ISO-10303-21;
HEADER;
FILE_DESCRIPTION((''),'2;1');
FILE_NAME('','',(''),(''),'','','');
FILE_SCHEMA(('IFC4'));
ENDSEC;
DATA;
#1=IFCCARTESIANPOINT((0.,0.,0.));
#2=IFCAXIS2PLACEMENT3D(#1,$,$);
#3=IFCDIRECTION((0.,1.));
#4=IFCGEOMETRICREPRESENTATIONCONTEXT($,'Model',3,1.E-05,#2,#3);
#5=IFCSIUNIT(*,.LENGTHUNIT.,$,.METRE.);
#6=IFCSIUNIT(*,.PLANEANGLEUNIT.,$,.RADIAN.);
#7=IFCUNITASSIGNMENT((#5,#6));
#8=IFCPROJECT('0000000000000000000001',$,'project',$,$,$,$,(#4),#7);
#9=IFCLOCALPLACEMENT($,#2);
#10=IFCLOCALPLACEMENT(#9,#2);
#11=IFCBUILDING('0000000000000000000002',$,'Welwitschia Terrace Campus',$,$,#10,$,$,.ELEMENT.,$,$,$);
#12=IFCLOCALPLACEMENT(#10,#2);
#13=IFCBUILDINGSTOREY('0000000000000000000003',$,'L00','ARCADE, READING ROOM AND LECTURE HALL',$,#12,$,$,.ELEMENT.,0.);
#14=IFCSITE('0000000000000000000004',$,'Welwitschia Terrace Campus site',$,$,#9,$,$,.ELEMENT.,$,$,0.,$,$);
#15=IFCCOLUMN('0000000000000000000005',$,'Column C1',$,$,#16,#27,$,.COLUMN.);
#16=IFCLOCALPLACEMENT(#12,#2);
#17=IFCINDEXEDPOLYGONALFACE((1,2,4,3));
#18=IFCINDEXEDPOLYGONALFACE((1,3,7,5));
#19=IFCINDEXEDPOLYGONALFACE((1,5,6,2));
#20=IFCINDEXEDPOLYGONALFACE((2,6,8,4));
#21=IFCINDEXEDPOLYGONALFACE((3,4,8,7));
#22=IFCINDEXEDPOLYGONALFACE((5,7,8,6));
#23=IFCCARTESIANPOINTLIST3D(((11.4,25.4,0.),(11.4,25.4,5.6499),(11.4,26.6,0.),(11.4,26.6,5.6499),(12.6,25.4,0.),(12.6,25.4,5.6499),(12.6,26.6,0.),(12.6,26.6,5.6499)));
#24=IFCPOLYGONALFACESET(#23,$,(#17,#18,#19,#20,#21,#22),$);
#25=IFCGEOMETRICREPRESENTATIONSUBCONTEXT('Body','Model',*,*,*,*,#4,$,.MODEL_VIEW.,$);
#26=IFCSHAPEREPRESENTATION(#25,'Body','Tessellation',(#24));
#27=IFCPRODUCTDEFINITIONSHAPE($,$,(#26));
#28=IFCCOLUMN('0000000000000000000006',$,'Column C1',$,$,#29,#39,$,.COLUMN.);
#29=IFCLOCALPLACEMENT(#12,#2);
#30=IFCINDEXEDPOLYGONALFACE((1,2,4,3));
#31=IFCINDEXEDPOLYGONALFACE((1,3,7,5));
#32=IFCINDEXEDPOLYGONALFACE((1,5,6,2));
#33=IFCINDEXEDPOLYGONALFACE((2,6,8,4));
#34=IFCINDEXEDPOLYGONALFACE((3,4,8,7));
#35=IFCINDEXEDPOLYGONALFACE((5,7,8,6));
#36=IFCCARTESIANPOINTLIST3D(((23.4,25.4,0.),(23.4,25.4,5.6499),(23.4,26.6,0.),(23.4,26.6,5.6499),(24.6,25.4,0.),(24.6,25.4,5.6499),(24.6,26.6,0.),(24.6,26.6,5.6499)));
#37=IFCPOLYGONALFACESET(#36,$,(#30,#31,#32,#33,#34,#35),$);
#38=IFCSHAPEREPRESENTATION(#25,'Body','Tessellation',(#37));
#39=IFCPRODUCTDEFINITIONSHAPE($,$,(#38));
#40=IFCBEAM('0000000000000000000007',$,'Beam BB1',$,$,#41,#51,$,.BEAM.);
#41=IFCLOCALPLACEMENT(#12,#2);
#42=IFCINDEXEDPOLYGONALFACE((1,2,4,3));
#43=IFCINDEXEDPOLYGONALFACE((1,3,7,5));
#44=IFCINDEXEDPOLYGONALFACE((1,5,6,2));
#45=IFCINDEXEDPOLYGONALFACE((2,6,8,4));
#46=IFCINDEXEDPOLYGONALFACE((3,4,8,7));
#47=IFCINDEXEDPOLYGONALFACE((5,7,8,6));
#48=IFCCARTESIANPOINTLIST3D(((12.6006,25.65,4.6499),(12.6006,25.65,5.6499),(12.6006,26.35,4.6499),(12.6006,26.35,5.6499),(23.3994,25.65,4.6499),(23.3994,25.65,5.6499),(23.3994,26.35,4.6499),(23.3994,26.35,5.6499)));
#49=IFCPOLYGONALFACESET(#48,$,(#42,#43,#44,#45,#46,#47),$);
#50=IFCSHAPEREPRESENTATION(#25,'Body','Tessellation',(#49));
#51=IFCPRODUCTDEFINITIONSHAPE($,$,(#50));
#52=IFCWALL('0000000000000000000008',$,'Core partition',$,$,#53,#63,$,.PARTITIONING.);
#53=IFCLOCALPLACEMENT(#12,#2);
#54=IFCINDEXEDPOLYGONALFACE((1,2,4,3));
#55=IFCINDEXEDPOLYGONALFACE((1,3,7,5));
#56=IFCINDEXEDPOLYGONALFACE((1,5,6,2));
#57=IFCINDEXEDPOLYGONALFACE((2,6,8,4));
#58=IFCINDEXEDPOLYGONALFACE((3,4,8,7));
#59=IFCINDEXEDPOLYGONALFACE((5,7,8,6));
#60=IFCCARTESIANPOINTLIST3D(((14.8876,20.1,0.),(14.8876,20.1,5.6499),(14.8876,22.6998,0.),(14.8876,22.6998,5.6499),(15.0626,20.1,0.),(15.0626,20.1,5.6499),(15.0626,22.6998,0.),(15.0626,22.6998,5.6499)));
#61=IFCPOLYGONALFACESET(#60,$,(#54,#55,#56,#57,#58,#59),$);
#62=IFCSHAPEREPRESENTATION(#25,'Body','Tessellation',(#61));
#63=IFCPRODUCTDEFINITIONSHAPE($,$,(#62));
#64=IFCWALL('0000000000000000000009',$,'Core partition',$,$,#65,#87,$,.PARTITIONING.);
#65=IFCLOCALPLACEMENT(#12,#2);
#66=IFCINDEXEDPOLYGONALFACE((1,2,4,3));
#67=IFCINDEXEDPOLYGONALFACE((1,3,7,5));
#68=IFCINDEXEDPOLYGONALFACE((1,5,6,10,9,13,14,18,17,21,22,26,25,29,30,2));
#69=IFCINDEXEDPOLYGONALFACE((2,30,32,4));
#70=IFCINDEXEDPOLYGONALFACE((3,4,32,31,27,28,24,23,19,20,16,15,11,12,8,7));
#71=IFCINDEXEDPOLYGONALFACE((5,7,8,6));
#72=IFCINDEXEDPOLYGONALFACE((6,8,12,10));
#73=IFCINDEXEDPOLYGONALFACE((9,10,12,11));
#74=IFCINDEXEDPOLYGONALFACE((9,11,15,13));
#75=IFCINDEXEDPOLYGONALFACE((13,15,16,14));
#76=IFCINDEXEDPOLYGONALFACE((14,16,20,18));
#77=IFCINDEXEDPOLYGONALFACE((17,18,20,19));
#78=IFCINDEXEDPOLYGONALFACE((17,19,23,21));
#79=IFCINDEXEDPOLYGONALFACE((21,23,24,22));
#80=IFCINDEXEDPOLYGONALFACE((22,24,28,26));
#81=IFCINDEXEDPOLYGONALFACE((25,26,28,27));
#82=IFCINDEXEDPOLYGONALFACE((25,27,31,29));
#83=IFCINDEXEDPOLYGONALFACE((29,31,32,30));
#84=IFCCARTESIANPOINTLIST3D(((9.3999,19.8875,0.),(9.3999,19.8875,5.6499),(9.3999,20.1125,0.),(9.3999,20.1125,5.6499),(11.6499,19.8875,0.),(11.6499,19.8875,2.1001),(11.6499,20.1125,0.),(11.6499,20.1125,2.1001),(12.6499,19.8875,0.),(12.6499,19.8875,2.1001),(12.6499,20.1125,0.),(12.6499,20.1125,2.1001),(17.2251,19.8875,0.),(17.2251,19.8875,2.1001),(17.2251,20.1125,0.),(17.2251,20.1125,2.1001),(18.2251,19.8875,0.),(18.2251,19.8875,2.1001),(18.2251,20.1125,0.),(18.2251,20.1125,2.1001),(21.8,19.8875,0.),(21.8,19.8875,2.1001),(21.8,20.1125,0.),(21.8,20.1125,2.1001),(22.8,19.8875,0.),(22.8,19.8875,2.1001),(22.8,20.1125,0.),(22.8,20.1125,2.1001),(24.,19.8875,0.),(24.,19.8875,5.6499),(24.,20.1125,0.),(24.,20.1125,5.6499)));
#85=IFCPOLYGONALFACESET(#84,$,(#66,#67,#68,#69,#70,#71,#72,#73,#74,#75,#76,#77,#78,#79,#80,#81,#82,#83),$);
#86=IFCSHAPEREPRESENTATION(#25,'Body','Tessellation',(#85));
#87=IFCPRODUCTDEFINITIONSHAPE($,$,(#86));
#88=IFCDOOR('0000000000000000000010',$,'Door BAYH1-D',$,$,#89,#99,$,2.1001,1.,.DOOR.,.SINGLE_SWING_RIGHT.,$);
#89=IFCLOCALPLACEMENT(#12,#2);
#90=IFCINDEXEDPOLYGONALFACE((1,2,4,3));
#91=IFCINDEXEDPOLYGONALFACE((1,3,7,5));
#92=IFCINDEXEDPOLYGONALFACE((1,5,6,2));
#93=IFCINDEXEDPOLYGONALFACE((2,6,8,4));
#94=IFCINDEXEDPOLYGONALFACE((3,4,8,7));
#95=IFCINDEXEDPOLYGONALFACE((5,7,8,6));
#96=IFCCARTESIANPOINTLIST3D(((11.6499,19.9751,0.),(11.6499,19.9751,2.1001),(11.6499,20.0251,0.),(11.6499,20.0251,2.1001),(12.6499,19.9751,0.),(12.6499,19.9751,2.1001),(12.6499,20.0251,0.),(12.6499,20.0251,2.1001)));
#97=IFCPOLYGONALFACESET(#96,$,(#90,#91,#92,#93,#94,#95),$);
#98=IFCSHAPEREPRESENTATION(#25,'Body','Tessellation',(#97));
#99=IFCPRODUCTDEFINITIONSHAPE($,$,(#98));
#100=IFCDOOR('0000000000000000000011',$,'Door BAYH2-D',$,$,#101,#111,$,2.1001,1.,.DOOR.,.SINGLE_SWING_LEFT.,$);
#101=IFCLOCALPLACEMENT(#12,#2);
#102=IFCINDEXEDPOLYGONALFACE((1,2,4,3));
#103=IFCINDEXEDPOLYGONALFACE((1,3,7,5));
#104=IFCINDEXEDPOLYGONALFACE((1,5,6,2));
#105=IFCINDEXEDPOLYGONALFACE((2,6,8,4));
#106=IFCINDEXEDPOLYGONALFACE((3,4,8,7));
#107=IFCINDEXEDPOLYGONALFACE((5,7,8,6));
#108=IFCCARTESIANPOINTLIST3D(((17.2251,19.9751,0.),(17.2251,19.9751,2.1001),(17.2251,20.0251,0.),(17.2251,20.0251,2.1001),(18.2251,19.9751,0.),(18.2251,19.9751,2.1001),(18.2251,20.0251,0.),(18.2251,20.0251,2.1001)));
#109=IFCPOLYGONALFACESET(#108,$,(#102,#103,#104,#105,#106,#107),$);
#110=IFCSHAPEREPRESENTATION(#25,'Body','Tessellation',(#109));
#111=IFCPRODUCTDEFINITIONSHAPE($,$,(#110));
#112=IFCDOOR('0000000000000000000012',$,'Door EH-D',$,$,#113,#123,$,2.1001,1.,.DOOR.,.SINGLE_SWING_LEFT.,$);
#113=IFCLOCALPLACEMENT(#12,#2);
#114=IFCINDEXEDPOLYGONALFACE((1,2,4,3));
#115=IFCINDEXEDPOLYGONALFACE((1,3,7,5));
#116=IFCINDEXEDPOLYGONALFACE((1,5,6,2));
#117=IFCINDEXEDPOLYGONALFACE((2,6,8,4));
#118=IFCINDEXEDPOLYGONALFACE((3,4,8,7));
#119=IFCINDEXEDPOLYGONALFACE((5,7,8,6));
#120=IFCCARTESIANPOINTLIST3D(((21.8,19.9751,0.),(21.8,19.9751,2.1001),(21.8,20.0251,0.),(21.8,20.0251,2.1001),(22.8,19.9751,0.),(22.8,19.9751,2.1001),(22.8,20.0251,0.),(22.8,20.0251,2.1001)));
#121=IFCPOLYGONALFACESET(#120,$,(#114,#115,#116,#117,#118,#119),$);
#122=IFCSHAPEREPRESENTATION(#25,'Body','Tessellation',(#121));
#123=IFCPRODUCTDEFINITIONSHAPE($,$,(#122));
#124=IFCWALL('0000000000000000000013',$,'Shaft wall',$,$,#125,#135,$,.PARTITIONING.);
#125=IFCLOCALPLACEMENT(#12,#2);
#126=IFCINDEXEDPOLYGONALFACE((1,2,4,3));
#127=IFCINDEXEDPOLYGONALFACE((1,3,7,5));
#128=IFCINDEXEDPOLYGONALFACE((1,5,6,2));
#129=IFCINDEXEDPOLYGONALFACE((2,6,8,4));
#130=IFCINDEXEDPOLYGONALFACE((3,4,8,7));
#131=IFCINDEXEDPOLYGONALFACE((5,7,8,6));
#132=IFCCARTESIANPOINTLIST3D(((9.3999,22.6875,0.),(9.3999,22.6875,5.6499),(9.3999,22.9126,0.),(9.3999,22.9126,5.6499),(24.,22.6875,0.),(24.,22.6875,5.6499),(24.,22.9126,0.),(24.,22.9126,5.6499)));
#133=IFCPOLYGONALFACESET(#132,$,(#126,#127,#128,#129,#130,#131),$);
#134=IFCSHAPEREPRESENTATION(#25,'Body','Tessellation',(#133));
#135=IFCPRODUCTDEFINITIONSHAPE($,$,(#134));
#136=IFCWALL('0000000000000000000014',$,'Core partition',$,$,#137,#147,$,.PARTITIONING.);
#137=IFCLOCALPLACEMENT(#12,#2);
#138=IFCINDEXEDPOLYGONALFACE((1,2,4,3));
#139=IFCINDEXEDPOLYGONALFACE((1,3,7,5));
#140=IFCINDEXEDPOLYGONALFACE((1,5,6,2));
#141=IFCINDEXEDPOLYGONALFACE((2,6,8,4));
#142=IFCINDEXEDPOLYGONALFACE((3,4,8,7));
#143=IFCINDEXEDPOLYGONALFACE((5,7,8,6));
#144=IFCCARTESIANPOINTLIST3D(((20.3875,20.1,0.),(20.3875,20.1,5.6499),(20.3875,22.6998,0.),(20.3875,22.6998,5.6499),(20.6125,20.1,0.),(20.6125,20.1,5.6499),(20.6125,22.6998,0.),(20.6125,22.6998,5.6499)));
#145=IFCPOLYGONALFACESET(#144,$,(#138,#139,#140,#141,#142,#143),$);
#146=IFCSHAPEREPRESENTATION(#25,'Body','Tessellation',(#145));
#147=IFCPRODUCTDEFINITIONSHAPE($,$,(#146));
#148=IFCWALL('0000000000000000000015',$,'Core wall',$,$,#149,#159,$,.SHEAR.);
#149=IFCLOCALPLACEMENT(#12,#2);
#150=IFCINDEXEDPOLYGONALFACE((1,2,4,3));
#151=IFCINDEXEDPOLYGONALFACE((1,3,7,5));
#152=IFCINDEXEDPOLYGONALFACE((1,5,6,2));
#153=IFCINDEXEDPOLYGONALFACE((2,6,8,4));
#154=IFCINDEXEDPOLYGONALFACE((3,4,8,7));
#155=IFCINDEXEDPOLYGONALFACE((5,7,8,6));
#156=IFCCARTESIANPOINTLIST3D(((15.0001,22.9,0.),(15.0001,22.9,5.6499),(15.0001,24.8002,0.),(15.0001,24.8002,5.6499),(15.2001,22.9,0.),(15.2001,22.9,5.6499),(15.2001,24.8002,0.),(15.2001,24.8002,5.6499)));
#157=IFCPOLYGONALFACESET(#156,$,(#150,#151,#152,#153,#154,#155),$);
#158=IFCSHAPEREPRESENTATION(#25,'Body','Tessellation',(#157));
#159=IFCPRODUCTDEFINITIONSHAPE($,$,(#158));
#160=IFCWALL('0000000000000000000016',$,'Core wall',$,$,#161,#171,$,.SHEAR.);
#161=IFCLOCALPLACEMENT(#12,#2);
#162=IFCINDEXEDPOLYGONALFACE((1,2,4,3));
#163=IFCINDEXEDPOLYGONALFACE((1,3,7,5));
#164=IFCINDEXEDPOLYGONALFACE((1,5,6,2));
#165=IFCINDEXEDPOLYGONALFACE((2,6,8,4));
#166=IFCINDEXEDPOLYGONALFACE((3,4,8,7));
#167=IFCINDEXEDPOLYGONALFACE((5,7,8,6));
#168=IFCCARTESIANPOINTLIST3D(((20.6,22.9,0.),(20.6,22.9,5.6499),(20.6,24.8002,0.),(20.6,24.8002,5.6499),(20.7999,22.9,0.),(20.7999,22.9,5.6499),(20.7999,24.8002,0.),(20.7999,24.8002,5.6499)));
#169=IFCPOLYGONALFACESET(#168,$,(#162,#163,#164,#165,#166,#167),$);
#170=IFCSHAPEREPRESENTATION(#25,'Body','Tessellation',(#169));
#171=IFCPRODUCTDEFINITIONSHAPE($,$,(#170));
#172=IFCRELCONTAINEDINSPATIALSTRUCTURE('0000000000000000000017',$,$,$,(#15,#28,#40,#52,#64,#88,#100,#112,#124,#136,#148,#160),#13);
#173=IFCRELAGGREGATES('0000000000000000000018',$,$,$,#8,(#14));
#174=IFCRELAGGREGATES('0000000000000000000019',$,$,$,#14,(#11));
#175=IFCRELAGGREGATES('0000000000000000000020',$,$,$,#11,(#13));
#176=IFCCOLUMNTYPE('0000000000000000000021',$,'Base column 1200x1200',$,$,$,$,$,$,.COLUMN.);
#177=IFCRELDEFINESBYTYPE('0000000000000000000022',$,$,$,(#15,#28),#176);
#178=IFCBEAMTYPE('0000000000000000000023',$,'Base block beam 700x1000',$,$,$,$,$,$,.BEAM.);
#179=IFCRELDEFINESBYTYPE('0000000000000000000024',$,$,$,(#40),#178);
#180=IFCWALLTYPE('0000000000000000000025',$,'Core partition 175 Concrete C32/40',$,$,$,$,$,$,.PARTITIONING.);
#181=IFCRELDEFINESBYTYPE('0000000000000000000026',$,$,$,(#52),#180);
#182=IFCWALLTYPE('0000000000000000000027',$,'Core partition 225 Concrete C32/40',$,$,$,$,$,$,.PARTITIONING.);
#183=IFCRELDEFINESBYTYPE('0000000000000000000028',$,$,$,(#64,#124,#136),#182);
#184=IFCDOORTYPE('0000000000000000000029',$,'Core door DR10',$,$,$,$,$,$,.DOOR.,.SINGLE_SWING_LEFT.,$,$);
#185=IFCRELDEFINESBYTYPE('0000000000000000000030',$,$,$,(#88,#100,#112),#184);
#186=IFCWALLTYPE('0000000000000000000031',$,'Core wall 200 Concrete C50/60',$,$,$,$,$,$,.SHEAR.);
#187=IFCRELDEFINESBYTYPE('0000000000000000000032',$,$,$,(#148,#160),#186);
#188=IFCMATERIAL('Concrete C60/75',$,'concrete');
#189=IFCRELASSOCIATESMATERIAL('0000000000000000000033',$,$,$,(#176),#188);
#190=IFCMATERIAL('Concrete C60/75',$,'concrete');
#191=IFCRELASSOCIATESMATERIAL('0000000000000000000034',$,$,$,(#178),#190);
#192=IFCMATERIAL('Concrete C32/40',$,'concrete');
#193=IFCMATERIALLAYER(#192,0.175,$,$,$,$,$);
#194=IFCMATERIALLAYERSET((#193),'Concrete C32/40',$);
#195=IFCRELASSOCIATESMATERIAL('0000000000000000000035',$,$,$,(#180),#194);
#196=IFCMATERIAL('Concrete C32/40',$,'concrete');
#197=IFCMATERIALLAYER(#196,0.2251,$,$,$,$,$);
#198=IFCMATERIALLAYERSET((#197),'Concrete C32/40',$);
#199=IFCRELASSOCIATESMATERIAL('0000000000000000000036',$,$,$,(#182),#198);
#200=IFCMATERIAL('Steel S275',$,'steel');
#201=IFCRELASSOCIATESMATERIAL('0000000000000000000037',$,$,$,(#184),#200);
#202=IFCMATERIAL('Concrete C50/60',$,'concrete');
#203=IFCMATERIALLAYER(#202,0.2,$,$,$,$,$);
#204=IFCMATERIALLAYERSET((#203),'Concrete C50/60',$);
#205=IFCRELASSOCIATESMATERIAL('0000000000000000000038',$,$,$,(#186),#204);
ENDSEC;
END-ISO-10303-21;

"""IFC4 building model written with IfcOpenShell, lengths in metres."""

from ifc_helpers import new_model, si_unit, direction, frame, frame_2d, origin, origin_2d, place, context, subcontext, project, spatial, rectangle, extrude, material, layer, layer_set, material_profile, profile_set, type_object, element, fill, save


model = new_model("IFC4")

# Units and contexts
model_context = context("Model", 3, precision=1e-05, world=origin(), true_north=direction((0.0, 1.0)))
body_context = subcontext(model_context, "Body", "Model", "MODEL_VIEW")
ifc_project = project(units=[si_unit("LENGTHUNIT", "METRE"), si_unit("PLANEANGLEUNIT", "RADIAN")], contexts=[model_context])

# Site, building, storey
site_placement = place(None, origin())
site = spatial("IfcSite", under=ifc_project, at=site_placement, Name="Welwitschia Terrace Campus site", CompositionType="ELEMENT", RefElevation=0.0)
building_placement = place(site_placement, origin())
building = spatial("IfcBuilding", under=site, at=building_placement, Name="Welwitschia Terrace Campus", CompositionType="ELEMENT")
storey_placement = place(building_placement, origin())
storey = spatial("IfcBuildingStorey", under=building, at=storey_placement, Name="L00", Description="ARCADE, READING ROOM AND LECTURE HALL", CompositionType="ELEMENT", Elevation=0.0)

# Columns
ifc_material_1 = material(Name="Concrete C60/75", Category="concrete")
ifc_material_profile_1 = material_profile(ifc_material_1, rectangle(XDim=1.2, YDim=1.2, at=origin_2d()))
ifc_profile_set_1 = profile_set([ifc_material_profile_1], Name="Concrete C60/75")
column_type = type_object("IfcColumnType", Name="Base column 1200x1200", PredefinedType="COLUMN", material=ifc_profile_set_1)
for number, where, z_axis, x_axis, name in (
    (1, (12.0, 26.0, 0.0), (0.0, 0.0, 1.0), (1.0, 0.0, 0.0), "Column C1"),
    (2, (24.0, 26.0, 0.0), (0.0, 0.0, 1.0), (1.0, 0.0, 0.0), "Column C1"),
):
    element("IfcColumn", number, at=place(storey_placement, frame(where, z_axis=z_axis, x_axis=x_axis)), inside=storey, type_object=column_type, Name=name, PredefinedType="COLUMN", context=body_context, shape_type="SweptSolid", body=[
        extrude(rectangle(XDim=1.2, YDim=1.2, at=origin_2d()), origin(), (0.0, 0.0, 1.0), 5.6499),
    ])

# Beam
ifc_material_2 = material(Name="Concrete C60/75", Category="concrete")
ifc_material_profile_2 = material_profile(ifc_material_2, rectangle(XDim=0.7, YDim=1.0, at=origin_2d()))
ifc_profile_set_2 = profile_set([ifc_material_profile_2], Name="Concrete C60/75")
beam_type = type_object("IfcBeamType", Name="Base block beam 700x1000", PredefinedType="BEAM", material=ifc_profile_set_2)
beam_placement = place(storey_placement, frame((12.6006, 26.0, 5.1499), z_axis=(1.0, 0.0, 0.0), x_axis=(0.0, 1.0, 0.0)))
element("IfcBeam", 3, at=beam_placement, inside=storey, type_object=beam_type, Name="Beam BB1", PredefinedType="BEAM", context=body_context, shape_type="SweptSolid", body=[
    extrude(rectangle(XDim=0.7, YDim=1.0, at=origin_2d()), origin(), (0.0, 0.0, 1.0), 10.7988),
])

# Wall
ifc_material_3 = material(Name="Concrete C32/40", Category="concrete")
ifc_layer_1 = layer(ifc_material_3, 0.175)
ifc_layer_set_1 = layer_set([ifc_layer_1], Name="Concrete C32/40")
wall_type_1 = type_object("IfcWallType", Name="Core partition 175 Concrete C32/40", PredefinedType="PARTITIONING", material=ifc_layer_set_1)
wall_1_placement = place(storey_placement, frame((14.9751, 20.1001, 0.0), z_axis=(0.0, 0.0, 1.0), x_axis=(0.0, 1.0, 0.0)))
element("IfcWall", 4, at=wall_1_placement, inside=storey, type_object=wall_type_1, Name="Core partition", PredefinedType="PARTITIONING", context=body_context, shape_type="SweptSolid", body=[
    extrude(rectangle(XDim=2.5999, YDim=0.175, at=frame_2d((1.2998, 0.0))), origin(), (0.0, 0.0, 1.0), 5.6499),
])

# Wall, openings, doors
ifc_material_4 = material(Name="Concrete C32/40", Category="concrete")
ifc_layer_2 = layer(ifc_material_4, 0.2251)
ifc_layer_set_2 = layer_set([ifc_layer_2], Name="Concrete C32/40")
wall_type_2 = type_object("IfcWallType", Name="Core partition 225 Concrete C32/40", PredefinedType="PARTITIONING", material=ifc_layer_set_2)
wall_2_placement = place(storey_placement, frame((24.0, 20.0, 0.0), z_axis=(0.0, 0.0, 1.0), x_axis=(-1.0, 0.0, 0.0)))
wall_2 = element("IfcWall", 5, at=wall_2_placement, inside=storey, type_object=wall_type_2, Name="Core partition", PredefinedType="PARTITIONING", context=body_context, shape_type="SweptSolid", body=[
    extrude(rectangle(XDim=14.6001, YDim=0.2251, at=frame_2d((7.3, 0.0))), origin(), (0.0, 0.0, 1.0), 5.6499),
])
opening_1_placement = place(wall_2_placement, frame((11.3501, 0.0, 0.0)))
opening_1 = element("IfcOpeningElement", 6, at=opening_1_placement, cuts=wall_2, PredefinedType="OPENING", context=body_context, shape_type="SweptSolid", body=[
    extrude(rectangle(XDim=1.0, YDim=2.1001, at=frame_2d((0.5, 1.05))), frame((0.0, 0.1226, 0.0), z_axis=(0.0, -1.0, 0.0), x_axis=(1.0, 0.0, 0.0)), (0.0, 0.0, 1.0), 0.2451),
])
opening_2_placement = place(wall_2_placement, frame((5.7749, 0.0, 0.0)))
opening_2 = element("IfcOpeningElement", 7, at=opening_2_placement, cuts=wall_2, PredefinedType="OPENING", context=body_context, shape_type="SweptSolid", body=[
    extrude(rectangle(XDim=1.0, YDim=2.1001, at=frame_2d((0.5, 1.05))), frame((0.0, 0.1226, 0.0), z_axis=(0.0, -1.0, 0.0), x_axis=(1.0, 0.0, 0.0)), (0.0, 0.0, 1.0), 0.2451),
])
opening_3_placement = place(wall_2_placement, frame((1.2, 0.0, 0.0)))
opening_3 = element("IfcOpeningElement", 8, at=opening_3_placement, cuts=wall_2, PredefinedType="OPENING", context=body_context, shape_type="SweptSolid", body=[
    extrude(rectangle(XDim=1.0, YDim=2.1001, at=frame_2d((0.5, 1.05))), frame((0.0, 0.1226, 0.0), z_axis=(0.0, -1.0, 0.0), x_axis=(1.0, 0.0, 0.0)), (0.0, 0.0, 1.0), 0.2451),
])
ifc_material_5 = material(Name="Steel S275", Category="steel")
door_type = type_object("IfcDoorType", Name="Core door DR10", OperationType="SINGLE_SWING_LEFT", PredefinedType="DOOR", material=ifc_material_5)
door_1_placement = place(opening_1_placement, origin())
door_1 = element("IfcDoor", 9, at=door_1_placement, inside=storey, type_object=door_type, Name="Door BAYH1-D", OperationType="SINGLE_SWING_RIGHT", OverallHeight=2.1001, OverallWidth=1.0, PredefinedType="DOOR", context=body_context, shape_type="SweptSolid", body=[
    extrude(rectangle(XDim=1.0, YDim=2.1001, at=frame_2d((0.5, 1.05))), frame((0.0, 0.0249, 0.0), z_axis=(0.0, -1.0, 0.0), x_axis=(1.0, 0.0, 0.0)), (0.0, 0.0, 1.0), 0.05),
])
fill(opening_1, door_1)
door_2_placement = place(opening_2_placement, origin())
door_2 = element("IfcDoor", 10, at=door_2_placement, inside=storey, type_object=door_type, Name="Door BAYH2-D", OperationType="SINGLE_SWING_LEFT", OverallHeight=2.1001, OverallWidth=1.0, PredefinedType="DOOR", context=body_context, shape_type="SweptSolid", body=[
    extrude(rectangle(XDim=1.0, YDim=2.1001, at=frame_2d((0.5, 1.05))), frame((0.0, 0.0249, 0.0), z_axis=(0.0, -1.0, 0.0), x_axis=(1.0, 0.0, 0.0)), (0.0, 0.0, 1.0), 0.05),
])
fill(opening_2, door_2)
door_3_placement = place(opening_3_placement, origin())
door_3 = element("IfcDoor", 11, at=door_3_placement, inside=storey, type_object=door_type, Name="Door EH-D", OperationType="SINGLE_SWING_LEFT", OverallHeight=2.1001, OverallWidth=1.0, PredefinedType="DOOR", context=body_context, shape_type="SweptSolid", body=[
    extrude(rectangle(XDim=1.0, YDim=2.1001, at=frame_2d((0.5, 1.05))), frame((0.0, 0.0249, 0.0), z_axis=(0.0, -1.0, 0.0), x_axis=(1.0, 0.0, 0.0)), (0.0, 0.0, 1.0), 0.05),
])
fill(opening_3, door_3)

# Walls
wall_3_placement = place(storey_placement, frame((9.3999, 22.8, 0.0), z_axis=(0.0, 0.0, 1.0), x_axis=(1.0, 0.0, 0.0)))
element("IfcWall", 12, at=wall_3_placement, inside=storey, type_object=wall_type_2, Name="Shaft wall", PredefinedType="PARTITIONING", context=body_context, shape_type="SweptSolid", body=[
    extrude(rectangle(XDim=14.6001, YDim=0.2251, at=frame_2d((7.3, 0.0))), origin(), (0.0, 0.0, 1.0), 5.6499),
])
wall_4_placement = place(storey_placement, frame((20.5, 20.1001, 0.0), z_axis=(0.0, 0.0, 1.0), x_axis=(0.0, 1.0, 0.0)))
element("IfcWall", 13, at=wall_4_placement, inside=storey, type_object=wall_type_2, Name="Core partition", PredefinedType="PARTITIONING", context=body_context, shape_type="SweptSolid", body=[
    extrude(rectangle(XDim=2.5999, YDim=0.2251, at=frame_2d((1.2998, 0.0))), origin(), (0.0, 0.0, 1.0), 5.6499),
])
ifc_material_6 = material(Name="Concrete C50/60", Category="concrete")
ifc_layer_3 = layer(ifc_material_6, 0.2)
ifc_layer_set_3 = layer_set([ifc_layer_3], Name="Concrete C50/60")
wall_type_3 = type_object("IfcWallType", Name="Core wall 200 Concrete C50/60", PredefinedType="SHEAR", material=ifc_layer_set_3)
for number, where, z_axis, x_axis, name in (
    (14, (15.1001, 22.8999, 0.0), (0.0, 0.0, 1.0), (0.0, 1.0, 0.0), "Core wall"),
    (15, (20.7, 22.8999, 0.0), (0.0, 0.0, 1.0), (0.0, 1.0, 0.0), "Core wall"),
):
    element("IfcWall", number, at=place(storey_placement, frame(where, z_axis=z_axis, x_axis=x_axis)), inside=storey, type_object=wall_type_3, Name=name, PredefinedType="SHEAR", context=body_context, shape_type="SweptSolid", body=[
        extrude(rectangle(XDim=1.9001, YDim=0.2, at=frame_2d((0.9502, 0.0))), origin(), (0.0, 0.0, 1.0), 5.6499),
    ])

save(model, "model.ifc")
